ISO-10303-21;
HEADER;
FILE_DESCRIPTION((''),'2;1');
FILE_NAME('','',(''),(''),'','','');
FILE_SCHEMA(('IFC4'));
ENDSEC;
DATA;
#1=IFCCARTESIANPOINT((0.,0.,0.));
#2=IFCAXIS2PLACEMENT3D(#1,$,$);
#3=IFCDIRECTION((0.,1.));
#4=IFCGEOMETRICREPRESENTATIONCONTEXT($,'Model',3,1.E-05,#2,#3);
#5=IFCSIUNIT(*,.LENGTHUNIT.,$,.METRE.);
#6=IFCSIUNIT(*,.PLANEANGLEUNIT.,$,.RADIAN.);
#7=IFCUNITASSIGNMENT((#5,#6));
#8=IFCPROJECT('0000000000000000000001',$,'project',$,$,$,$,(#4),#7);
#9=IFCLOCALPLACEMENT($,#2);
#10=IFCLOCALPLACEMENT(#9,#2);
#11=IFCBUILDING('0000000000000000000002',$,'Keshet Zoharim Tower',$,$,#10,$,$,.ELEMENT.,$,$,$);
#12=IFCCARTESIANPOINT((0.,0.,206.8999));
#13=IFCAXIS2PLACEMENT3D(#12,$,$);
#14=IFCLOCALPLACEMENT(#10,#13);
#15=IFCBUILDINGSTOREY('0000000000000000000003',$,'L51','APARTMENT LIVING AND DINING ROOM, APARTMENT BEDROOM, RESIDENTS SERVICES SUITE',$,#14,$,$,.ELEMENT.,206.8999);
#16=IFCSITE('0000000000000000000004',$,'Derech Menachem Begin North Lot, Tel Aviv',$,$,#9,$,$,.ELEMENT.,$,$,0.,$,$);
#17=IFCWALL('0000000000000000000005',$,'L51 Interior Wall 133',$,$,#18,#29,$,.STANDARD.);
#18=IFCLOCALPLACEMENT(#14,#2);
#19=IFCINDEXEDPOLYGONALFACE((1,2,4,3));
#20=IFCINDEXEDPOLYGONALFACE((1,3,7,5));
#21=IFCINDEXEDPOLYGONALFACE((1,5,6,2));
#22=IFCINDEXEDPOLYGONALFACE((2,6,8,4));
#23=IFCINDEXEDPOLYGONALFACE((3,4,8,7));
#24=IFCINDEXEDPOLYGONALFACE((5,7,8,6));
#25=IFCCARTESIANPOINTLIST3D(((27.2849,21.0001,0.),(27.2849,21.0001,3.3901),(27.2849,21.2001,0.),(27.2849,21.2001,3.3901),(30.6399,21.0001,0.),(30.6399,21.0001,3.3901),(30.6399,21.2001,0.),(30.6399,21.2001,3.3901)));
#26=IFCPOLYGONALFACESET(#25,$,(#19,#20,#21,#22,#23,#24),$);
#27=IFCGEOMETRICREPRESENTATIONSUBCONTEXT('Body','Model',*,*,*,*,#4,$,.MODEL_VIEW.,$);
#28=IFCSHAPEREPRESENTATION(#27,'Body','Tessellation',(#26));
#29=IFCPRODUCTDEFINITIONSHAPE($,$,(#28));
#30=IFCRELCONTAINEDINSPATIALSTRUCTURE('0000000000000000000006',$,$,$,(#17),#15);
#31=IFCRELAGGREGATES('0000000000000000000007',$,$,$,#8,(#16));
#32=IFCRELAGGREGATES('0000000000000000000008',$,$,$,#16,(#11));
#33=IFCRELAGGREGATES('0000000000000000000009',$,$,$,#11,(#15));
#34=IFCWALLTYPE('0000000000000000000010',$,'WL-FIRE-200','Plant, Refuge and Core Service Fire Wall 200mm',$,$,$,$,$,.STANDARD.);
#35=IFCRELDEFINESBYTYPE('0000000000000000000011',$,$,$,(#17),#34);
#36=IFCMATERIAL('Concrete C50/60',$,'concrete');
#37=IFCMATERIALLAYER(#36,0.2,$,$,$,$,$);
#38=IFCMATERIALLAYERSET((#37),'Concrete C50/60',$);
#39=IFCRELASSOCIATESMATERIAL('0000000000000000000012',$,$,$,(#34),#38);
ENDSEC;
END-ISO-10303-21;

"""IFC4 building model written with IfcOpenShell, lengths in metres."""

from ifc_helpers import new_model, si_unit, direction, frame, frame_2d, origin, place, context, subcontext, project, spatial, rectangle, extrude, material, layer, layer_set, type_object, element, save


model = new_model("IFC4")

# Units and contexts
model_context = context("Model", 3, precision=1e-05, world=origin(), true_north=direction((0.0, 1.0)))
body_context = subcontext(model_context, "Body", "Model", "MODEL_VIEW")
ifc_project = project(units=[si_unit("LENGTHUNIT", "METRE"), si_unit("PLANEANGLEUNIT", "RADIAN")], contexts=[model_context])

# Site, building, storey
site_placement = place(None, origin())
site = spatial("IfcSite", under=ifc_project, at=site_placement, Name="Derech Menachem Begin North Lot, Tel Aviv", CompositionType="ELEMENT", RefElevation=0.0)
building_placement = place(site_placement, origin())
building = spatial("IfcBuilding", under=site, at=building_placement, Name="Keshet Zoharim Tower", CompositionType="ELEMENT")
storey_placement = place(building_placement, frame((0.0, 0.0, 206.8999)))
storey = spatial("IfcBuildingStorey", under=building, at=storey_placement, Name="L51", Description="APARTMENT LIVING AND DINING ROOM, APARTMENT BEDROOM, RESIDENTS SERVICES SUITE", CompositionType="ELEMENT", Elevation=206.8999)

# Shared definitions
ifc_material_1 = material(Name="Concrete C50/60", Category="concrete")
ifc_layer_1 = layer(ifc_material_1, 0.2)
ifc_layer_set_1 = layer_set([ifc_layer_1], Name="Concrete C50/60")
wall_type_1 = type_object("IfcWallType", Name="WL-FIRE-200", Description="Plant, Refuge and Core Service Fire Wall 200mm", PredefinedType="STANDARD", material=ifc_layer_set_1)

# Wall
wall_1_placement = place(storey_placement, frame((27.2849, 21.1001, 0.0), z_axis=(0.0, 0.0, 1.0), x_axis=(1.0, 0.0, 0.0)))
element("IfcWall", 1, at=wall_1_placement, inside=storey, type_object=wall_type_1, Name="L51 Interior Wall 133", PredefinedType="STANDARD", context=body_context, shape_type="SweptSolid", body=[
    extrude(rectangle(XDim=3.355, YDim=0.2, at=frame_2d((1.6775, 0.0))), origin(), (0.0, 0.0, 1.0), 3.3901),
])

save(model, "model.ifc")
